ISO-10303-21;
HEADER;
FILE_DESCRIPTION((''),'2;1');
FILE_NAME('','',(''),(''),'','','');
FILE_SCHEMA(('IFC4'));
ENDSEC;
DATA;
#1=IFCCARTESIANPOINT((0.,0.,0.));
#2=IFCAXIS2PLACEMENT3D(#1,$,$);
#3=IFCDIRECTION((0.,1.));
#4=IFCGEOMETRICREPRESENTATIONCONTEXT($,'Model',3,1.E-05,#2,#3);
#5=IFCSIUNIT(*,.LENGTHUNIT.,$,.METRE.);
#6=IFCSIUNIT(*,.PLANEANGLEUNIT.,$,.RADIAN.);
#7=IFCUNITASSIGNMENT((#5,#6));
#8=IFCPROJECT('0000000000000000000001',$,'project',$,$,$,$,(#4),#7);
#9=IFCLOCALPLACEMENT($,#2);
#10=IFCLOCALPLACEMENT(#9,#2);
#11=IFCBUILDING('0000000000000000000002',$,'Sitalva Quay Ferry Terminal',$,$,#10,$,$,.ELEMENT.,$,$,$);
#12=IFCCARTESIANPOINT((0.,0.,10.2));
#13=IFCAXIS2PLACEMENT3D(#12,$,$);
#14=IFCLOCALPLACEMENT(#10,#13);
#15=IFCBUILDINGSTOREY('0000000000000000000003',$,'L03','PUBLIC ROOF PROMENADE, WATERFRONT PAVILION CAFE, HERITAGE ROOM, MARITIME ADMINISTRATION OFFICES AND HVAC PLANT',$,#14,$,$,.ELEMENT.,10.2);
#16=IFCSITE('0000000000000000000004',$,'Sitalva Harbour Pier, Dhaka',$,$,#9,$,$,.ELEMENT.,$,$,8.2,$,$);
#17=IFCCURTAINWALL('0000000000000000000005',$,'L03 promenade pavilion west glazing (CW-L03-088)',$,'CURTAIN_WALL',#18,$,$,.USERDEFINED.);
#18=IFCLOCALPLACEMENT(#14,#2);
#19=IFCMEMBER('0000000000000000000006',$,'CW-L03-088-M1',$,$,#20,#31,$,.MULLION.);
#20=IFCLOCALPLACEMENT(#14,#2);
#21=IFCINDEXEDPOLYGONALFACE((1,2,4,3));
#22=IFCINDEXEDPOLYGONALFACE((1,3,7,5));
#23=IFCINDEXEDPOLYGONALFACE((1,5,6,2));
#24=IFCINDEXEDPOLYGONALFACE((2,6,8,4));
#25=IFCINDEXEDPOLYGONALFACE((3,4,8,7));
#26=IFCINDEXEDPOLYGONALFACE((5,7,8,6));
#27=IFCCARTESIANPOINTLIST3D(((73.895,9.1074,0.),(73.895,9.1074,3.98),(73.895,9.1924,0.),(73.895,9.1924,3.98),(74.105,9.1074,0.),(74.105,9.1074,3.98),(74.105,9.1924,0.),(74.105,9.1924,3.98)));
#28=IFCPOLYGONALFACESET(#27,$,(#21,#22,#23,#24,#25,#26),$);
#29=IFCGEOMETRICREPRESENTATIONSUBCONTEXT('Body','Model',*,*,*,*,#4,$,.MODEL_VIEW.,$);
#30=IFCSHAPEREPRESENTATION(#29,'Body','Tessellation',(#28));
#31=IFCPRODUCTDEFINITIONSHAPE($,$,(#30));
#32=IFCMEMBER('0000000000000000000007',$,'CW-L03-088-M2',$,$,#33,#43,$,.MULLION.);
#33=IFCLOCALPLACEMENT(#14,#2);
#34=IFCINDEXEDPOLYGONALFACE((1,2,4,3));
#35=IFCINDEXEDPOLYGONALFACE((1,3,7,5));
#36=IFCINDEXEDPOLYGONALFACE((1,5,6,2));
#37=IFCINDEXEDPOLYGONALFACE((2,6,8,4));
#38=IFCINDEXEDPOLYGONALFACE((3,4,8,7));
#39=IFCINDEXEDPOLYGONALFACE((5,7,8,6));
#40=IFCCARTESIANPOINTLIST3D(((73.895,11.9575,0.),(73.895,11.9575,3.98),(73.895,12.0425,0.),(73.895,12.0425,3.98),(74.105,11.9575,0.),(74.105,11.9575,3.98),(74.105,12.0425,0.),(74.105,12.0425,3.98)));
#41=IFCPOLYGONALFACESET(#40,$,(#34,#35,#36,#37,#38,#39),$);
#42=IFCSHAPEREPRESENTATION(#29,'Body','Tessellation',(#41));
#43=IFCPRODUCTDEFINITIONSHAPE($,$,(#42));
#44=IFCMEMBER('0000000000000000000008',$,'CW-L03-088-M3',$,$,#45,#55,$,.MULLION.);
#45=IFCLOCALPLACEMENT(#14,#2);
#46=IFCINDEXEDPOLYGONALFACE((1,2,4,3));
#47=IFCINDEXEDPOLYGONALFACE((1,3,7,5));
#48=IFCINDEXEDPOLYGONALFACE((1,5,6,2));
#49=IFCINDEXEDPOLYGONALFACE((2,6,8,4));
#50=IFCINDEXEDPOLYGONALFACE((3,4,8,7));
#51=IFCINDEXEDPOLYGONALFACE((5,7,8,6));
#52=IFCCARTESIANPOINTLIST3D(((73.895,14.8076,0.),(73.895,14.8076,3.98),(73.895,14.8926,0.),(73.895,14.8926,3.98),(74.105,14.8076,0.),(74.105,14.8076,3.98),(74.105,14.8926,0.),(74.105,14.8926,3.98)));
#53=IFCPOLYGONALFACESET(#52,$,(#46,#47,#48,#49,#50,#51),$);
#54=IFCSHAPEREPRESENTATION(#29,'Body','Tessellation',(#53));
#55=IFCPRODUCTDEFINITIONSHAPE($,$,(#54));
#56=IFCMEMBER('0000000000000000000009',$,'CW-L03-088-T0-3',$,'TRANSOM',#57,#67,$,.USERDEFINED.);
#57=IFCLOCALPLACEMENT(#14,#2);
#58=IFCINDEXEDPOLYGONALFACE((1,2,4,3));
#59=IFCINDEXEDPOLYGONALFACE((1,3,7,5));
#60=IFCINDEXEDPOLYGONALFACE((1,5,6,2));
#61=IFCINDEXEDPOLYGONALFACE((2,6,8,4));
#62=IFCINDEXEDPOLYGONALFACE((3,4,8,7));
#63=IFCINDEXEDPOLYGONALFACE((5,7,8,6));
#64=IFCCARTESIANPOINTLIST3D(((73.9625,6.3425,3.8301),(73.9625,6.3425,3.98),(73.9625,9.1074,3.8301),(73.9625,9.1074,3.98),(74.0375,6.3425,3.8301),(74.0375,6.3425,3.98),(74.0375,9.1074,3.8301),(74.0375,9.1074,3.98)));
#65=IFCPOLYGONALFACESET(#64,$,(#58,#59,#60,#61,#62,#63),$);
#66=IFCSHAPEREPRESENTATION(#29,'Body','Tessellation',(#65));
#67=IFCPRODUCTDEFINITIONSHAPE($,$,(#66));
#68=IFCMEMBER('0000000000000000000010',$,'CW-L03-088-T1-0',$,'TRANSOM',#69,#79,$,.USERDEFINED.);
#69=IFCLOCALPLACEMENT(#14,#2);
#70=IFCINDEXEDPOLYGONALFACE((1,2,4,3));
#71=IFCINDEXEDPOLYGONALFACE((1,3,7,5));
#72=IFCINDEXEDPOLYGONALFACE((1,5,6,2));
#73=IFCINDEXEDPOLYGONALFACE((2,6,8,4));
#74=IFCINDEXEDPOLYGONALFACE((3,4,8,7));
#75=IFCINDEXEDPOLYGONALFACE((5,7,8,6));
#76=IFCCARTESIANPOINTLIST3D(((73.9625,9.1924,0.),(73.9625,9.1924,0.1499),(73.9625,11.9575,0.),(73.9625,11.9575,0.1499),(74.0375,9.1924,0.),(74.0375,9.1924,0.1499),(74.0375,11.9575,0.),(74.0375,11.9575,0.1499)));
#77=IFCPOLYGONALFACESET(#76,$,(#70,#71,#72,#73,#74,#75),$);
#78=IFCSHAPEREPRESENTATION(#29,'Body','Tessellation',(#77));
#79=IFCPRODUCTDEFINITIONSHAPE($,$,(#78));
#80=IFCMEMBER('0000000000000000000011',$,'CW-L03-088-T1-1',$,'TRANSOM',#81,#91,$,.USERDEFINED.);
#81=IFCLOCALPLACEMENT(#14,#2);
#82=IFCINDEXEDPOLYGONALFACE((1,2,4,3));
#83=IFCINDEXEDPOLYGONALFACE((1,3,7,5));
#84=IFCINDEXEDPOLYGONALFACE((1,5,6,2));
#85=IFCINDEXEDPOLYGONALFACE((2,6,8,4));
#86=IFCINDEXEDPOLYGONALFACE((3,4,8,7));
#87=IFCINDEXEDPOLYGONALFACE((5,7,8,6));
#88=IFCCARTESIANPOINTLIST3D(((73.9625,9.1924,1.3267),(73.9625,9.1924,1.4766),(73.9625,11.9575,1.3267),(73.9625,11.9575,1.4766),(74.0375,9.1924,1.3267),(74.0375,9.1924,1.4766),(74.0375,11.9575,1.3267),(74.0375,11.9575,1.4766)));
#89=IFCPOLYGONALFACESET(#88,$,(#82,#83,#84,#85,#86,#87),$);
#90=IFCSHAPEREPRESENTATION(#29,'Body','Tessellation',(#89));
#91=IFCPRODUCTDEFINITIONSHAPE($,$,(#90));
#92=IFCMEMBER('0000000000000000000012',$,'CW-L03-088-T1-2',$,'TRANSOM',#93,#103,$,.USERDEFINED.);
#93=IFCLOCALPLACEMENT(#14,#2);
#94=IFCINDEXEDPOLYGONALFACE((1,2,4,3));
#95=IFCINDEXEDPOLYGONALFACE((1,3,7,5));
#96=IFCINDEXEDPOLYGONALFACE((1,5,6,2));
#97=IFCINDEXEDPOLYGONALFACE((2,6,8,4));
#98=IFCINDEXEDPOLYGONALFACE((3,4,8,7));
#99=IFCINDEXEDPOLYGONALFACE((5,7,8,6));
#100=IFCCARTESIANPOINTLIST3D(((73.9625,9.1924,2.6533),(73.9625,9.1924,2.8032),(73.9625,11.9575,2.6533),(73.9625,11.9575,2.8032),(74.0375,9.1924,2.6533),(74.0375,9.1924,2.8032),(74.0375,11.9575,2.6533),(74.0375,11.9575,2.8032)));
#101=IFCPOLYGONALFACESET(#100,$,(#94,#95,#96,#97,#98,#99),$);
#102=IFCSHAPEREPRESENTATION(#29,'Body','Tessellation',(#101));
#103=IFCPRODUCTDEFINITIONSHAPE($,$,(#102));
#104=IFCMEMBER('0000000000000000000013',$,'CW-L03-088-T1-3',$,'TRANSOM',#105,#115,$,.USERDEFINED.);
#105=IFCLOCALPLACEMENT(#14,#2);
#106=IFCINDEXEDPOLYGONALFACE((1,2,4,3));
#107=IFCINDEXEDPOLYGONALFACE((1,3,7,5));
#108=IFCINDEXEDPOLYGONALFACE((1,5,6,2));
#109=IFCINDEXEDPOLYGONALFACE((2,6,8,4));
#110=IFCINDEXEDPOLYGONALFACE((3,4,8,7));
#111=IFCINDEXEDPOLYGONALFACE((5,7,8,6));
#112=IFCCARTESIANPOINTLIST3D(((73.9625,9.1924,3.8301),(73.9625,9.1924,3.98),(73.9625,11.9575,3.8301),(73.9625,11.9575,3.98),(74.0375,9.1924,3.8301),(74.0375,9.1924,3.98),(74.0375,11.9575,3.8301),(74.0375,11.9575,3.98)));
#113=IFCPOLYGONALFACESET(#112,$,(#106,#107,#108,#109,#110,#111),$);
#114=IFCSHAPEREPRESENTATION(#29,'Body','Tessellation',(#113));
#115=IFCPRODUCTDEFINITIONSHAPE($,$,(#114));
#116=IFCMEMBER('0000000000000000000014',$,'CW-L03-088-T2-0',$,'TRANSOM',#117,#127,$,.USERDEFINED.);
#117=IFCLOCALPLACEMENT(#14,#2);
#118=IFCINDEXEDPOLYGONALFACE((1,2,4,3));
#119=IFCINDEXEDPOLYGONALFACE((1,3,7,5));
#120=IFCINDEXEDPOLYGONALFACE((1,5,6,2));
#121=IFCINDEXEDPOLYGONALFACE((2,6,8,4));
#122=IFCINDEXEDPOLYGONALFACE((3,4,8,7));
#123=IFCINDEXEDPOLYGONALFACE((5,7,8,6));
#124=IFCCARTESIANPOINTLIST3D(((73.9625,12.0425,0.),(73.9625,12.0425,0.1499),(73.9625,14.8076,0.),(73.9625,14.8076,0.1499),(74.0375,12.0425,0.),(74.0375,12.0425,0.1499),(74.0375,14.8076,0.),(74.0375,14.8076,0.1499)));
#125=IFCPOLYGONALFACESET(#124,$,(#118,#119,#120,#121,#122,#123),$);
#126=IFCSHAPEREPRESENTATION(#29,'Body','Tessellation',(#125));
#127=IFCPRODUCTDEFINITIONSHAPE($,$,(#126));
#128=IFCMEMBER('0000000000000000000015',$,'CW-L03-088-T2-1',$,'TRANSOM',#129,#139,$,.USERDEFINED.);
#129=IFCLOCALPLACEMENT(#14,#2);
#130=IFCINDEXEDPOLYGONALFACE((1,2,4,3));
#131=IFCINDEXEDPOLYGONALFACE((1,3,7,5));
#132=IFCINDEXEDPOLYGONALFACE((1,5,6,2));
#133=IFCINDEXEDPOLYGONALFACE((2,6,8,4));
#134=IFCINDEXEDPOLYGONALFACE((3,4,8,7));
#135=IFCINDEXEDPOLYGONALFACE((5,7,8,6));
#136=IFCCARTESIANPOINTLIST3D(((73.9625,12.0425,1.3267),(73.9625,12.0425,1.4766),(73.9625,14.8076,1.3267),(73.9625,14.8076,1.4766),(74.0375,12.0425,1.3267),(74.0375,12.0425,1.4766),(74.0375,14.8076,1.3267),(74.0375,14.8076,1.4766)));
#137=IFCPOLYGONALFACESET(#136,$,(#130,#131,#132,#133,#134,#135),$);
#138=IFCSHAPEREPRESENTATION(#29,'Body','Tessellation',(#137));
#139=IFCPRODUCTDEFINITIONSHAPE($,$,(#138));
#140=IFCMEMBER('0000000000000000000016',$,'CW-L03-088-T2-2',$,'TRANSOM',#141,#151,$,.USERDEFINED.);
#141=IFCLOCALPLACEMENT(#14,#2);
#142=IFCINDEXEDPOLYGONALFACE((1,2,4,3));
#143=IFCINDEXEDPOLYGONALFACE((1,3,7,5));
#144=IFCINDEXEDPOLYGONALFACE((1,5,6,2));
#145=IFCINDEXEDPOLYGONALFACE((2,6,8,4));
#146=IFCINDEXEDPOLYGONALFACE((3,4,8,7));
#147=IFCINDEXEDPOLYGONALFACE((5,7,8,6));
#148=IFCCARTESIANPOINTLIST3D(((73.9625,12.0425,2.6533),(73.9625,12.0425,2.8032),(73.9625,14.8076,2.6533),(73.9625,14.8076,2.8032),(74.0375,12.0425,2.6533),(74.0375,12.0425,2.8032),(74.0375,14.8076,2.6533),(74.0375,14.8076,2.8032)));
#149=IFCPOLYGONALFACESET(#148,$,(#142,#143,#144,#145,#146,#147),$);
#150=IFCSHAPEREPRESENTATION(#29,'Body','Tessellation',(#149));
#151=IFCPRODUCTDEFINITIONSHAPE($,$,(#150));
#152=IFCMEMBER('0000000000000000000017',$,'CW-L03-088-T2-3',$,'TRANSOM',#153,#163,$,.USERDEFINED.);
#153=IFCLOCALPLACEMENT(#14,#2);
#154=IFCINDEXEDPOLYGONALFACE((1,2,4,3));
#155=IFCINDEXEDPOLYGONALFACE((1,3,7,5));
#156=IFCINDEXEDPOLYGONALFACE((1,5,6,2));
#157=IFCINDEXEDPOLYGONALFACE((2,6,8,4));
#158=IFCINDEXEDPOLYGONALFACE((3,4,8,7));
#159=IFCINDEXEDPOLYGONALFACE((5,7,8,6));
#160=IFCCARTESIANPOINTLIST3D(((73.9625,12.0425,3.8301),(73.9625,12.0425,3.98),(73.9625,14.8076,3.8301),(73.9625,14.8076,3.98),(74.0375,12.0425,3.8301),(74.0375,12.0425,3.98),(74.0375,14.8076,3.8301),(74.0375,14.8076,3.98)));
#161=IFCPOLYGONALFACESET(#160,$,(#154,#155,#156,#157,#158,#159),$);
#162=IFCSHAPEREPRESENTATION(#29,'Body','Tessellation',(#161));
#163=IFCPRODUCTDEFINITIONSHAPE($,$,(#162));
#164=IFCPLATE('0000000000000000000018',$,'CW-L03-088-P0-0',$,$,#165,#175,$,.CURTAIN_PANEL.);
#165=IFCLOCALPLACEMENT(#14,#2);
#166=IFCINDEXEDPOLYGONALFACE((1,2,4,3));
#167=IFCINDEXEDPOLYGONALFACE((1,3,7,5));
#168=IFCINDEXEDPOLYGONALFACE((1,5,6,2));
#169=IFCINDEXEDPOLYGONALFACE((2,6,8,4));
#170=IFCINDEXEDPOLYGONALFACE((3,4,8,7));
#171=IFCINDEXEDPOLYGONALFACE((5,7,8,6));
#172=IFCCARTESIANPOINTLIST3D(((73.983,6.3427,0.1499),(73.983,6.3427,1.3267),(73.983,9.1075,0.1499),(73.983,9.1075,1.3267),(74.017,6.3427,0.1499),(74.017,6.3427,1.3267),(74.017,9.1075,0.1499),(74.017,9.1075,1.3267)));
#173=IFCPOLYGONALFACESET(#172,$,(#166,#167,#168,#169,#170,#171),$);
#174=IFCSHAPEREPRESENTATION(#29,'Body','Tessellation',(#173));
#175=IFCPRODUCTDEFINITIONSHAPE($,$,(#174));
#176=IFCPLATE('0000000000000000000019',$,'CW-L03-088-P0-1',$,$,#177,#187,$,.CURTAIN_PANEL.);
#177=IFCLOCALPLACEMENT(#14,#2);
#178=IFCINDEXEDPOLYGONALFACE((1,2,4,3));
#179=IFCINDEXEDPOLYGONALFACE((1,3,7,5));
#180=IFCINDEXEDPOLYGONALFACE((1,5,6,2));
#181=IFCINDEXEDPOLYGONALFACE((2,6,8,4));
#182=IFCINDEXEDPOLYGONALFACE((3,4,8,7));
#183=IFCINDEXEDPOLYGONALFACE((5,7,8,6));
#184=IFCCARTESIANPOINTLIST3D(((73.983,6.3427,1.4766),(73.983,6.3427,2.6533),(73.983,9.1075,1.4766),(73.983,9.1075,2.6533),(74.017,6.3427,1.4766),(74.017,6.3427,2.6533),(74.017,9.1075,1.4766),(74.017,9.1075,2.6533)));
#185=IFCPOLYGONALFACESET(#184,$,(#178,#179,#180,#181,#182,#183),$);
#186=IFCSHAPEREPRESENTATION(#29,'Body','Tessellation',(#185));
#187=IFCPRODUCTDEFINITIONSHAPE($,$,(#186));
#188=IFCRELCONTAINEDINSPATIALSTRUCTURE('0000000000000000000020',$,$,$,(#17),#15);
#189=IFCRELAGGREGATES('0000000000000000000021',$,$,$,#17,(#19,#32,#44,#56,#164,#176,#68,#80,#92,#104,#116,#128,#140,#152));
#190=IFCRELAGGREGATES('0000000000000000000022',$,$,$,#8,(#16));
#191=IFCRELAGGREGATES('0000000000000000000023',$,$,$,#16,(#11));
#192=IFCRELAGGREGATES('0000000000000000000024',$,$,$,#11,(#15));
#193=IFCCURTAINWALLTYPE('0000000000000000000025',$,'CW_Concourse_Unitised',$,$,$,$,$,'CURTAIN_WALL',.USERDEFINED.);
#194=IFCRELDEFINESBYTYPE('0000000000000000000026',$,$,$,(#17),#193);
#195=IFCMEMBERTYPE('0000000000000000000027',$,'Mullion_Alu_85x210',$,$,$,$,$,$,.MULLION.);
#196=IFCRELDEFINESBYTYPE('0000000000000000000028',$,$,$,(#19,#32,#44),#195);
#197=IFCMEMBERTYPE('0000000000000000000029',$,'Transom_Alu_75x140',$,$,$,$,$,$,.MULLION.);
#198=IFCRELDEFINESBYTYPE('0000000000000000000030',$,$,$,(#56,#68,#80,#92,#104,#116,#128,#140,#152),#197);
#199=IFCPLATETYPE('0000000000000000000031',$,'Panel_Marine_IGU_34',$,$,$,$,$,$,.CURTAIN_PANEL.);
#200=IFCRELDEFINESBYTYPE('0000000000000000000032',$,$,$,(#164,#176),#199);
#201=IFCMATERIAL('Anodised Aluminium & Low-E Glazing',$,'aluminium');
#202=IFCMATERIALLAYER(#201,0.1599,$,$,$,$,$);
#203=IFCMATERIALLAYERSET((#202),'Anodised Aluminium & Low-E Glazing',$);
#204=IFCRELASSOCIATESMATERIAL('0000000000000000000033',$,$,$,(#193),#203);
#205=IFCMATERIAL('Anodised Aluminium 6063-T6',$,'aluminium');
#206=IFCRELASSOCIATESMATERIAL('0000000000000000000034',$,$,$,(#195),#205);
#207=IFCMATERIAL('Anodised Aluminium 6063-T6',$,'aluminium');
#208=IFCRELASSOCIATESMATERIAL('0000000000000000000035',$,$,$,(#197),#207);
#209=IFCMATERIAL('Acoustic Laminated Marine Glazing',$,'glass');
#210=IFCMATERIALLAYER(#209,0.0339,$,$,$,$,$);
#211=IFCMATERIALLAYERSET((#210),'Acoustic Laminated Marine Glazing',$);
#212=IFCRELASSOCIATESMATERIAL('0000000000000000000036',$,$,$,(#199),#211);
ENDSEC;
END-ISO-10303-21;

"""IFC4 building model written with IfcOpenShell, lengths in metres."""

from ifc_helpers import new_model, si_unit, direction, frame, origin, origin_2d, place, context, subcontext, project, spatial, rectangle, extrude, material, layer, layer_set, material_profile, profile_set, type_object, element, aggregate, save


model = new_model("IFC4")

# Units and contexts
model_context = context("Model", 3, precision=1e-05, world=origin(), true_north=direction((0.0, 1.0)))
body_context = subcontext(model_context, "Body", "Model", "MODEL_VIEW")
ifc_project = project(units=[si_unit("LENGTHUNIT", "METRE"), si_unit("PLANEANGLEUNIT", "RADIAN")], contexts=[model_context])

# Site, building, storey
site_placement = place(None, origin())
site = spatial("IfcSite", under=ifc_project, at=site_placement, Name="Sitalva Harbour Pier, Dhaka", CompositionType="ELEMENT", RefElevation=8.2)
building_placement = place(site_placement, origin())
building = spatial("IfcBuilding", under=site, at=building_placement, Name="Sitalva Quay Ferry Terminal", CompositionType="ELEMENT")
storey_placement = place(building_placement, frame((0.0, 0.0, 10.2)))
storey = spatial("IfcBuildingStorey", under=building, at=storey_placement, Name="L03", Description="PUBLIC ROOF PROMENADE, WATERFRONT PAVILION CAFE, HERITAGE ROOM, MARITIME ADMINISTRATION OFFICES AND HVAC PLANT", CompositionType="ELEMENT", Elevation=10.2)

# Curtain wall, members, plates
ifc_material_1 = material(Name="Anodised Aluminium & Low-E Glazing", Category="aluminium")
ifc_layer_1 = layer(ifc_material_1, 0.1599)
ifc_layer_set_1 = layer_set([ifc_layer_1], Name="Anodised Aluminium & Low-E Glazing")
curtain_wall_type = type_object("IfcCurtainWallType", Name="CW_Concourse_Unitised", ElementType="CURTAIN_WALL", PredefinedType="USERDEFINED", material=ifc_layer_set_1)
curtain_wall_placement = place(storey_placement, origin())
curtain_wall = element("IfcCurtainWall", 1, at=curtain_wall_placement, inside=storey, type_object=curtain_wall_type, Name="L03 promenade pavilion west glazing (CW-L03-088)", ObjectType="CURTAIN_WALL", PredefinedType="USERDEFINED")
ifc_material_2 = material(Name="Anodised Aluminium 6063-T6", Category="aluminium")
ifc_material_profile_1 = material_profile(ifc_material_2, rectangle(XDim=0.085, YDim=0.21, at=origin_2d()), Name="ALU85x210")
ifc_profile_set_1 = profile_set([ifc_material_profile_1], Name="Anodised Aluminium 6063-T6")
member_type_1 = type_object("IfcMemberType", Name="Mullion_Alu_85x210", PredefinedType="MULLION", material=ifc_profile_set_1)
member_1_placement = place(storey_placement, frame((74.0, 9.1499, 0.0), z_axis=(0.0, 0.0, 1.0), x_axis=(0.0, 1.0, 0.0)))
member_1 = element("IfcMember", 2, at=member_1_placement, type_object=member_type_1, Name="CW-L03-088-M1", PredefinedType="MULLION", context=body_context, shape_type="SweptSolid", body=[
    extrude(rectangle(XDim=0.085, YDim=0.21, at=origin_2d()), origin(), (0.0, 0.0, 1.0), 3.98),
])
member_2_placement = place(storey_placement, frame((74.0, 12.0, 0.0), z_axis=(0.0, 0.0, 1.0), x_axis=(0.0, 1.0, 0.0)))
member_2 = element("IfcMember", 3, at=member_2_placement, type_object=member_type_1, Name="CW-L03-088-M2", PredefinedType="MULLION", context=body_context, shape_type="SweptSolid", body=[
    extrude(rectangle(XDim=0.085, YDim=0.21, at=origin_2d()), origin(), (0.0, 0.0, 1.0), 3.98),
])
member_3_placement = place(storey_placement, frame((74.0, 14.8501, 0.0), z_axis=(0.0, 0.0, 1.0), x_axis=(0.0, 1.0, 0.0)))
member_3 = element("IfcMember", 4, at=member_3_placement, type_object=member_type_1, Name="CW-L03-088-M3", PredefinedType="MULLION", context=body_context, shape_type="SweptSolid", body=[
    extrude(rectangle(XDim=0.085, YDim=0.21, at=origin_2d()), origin(), (0.0, 0.0, 1.0), 3.98),
])
ifc_material_3 = material(Name="Anodised Aluminium 6063-T6", Category="aluminium")
ifc_material_profile_2 = material_profile(ifc_material_3, rectangle(XDim=0.075, YDim=0.1499, at=origin_2d()), Name="ALU75x150")
ifc_profile_set_2 = profile_set([ifc_material_profile_2], Name="Anodised Aluminium 6063-T6")
member_type_2 = type_object("IfcMemberType", Name="Transom_Alu_75x140", PredefinedType="MULLION", material=ifc_profile_set_2)
member_4_placement = place(storey_placement, frame((74.0, 6.3425, 3.905), z_axis=(0.0, 1.0, 0.0), x_axis=(-1.0, 0.0, 0.0)))
member_4 = element("IfcMember", 5, at=member_4_placement, type_object=member_type_2, Name="CW-L03-088-T0-3", ObjectType="TRANSOM", PredefinedType="USERDEFINED", context=body_context, shape_type="SweptSolid", body=[
    extrude(rectangle(XDim=0.075, YDim=0.1499, at=origin_2d()), origin(), (0.0, 0.0, 1.0), 2.7649),
])
member_5_placement = place(storey_placement, frame((74.0, 9.1924, 0.075), z_axis=(0.0, 1.0, 0.0), x_axis=(-1.0, 0.0, 0.0)))
member_5 = element("IfcMember", 6, at=member_5_placement, type_object=member_type_2, Name="CW-L03-088-T1-0", ObjectType="TRANSOM", PredefinedType="USERDEFINED", context=body_context, shape_type="SweptSolid", body=[
    extrude(rectangle(XDim=0.075, YDim=0.1499, at=origin_2d()), origin(), (0.0, 0.0, 1.0), 2.7651),
])
member_6_placement = place(storey_placement, frame((74.0, 9.1924, 1.4016), z_axis=(0.0, 1.0, 0.0), x_axis=(-1.0, 0.0, 0.0)))
member_6 = element("IfcMember", 7, at=member_6_placement, type_object=member_type_2, Name="CW-L03-088-T1-1", ObjectType="TRANSOM", PredefinedType="USERDEFINED", context=body_context, shape_type="SweptSolid", body=[
    extrude(rectangle(XDim=0.075, YDim=0.1499, at=origin_2d()), origin(), (0.0, 0.0, 1.0), 2.7651),
])
member_7_placement = place(storey_placement, frame((74.0, 9.1924, 2.7283), z_axis=(0.0, 1.0, 0.0), x_axis=(-1.0, 0.0, 0.0)))
member_7 = element("IfcMember", 8, at=member_7_placement, type_object=member_type_2, Name="CW-L03-088-T1-2", ObjectType="TRANSOM", PredefinedType="USERDEFINED", context=body_context, shape_type="SweptSolid", body=[
    extrude(rectangle(XDim=0.075, YDim=0.1499, at=origin_2d()), origin(), (0.0, 0.0, 1.0), 2.7651),
])
member_8_placement = place(storey_placement, frame((74.0, 9.1924, 3.905), z_axis=(0.0, 1.0, 0.0), x_axis=(-1.0, 0.0, 0.0)))
member_8 = element("IfcMember", 9, at=member_8_placement, type_object=member_type_2, Name="CW-L03-088-T1-3", ObjectType="TRANSOM", PredefinedType="USERDEFINED", context=body_context, shape_type="SweptSolid", body=[
    extrude(rectangle(XDim=0.075, YDim=0.1499, at=origin_2d()), origin(), (0.0, 0.0, 1.0), 2.7651),
])
member_9_placement = place(storey_placement, frame((74.0, 12.0425, 0.075), z_axis=(0.0, 1.0, 0.0), x_axis=(-1.0, 0.0, 0.0)))
member_9 = element("IfcMember", 10, at=member_9_placement, type_object=member_type_2, Name="CW-L03-088-T2-0", ObjectType="TRANSOM", PredefinedType="USERDEFINED", context=body_context, shape_type="SweptSolid", body=[
    extrude(rectangle(XDim=0.075, YDim=0.1499, at=origin_2d()), origin(), (0.0, 0.0, 1.0), 2.7651),
])
member_10_placement = place(storey_placement, frame((74.0, 12.0425, 1.4016), z_axis=(0.0, 1.0, 0.0), x_axis=(-1.0, 0.0, 0.0)))
member_10 = element("IfcMember", 11, at=member_10_placement, type_object=member_type_2, Name="CW-L03-088-T2-1", ObjectType="TRANSOM", PredefinedType="USERDEFINED", context=body_context, shape_type="SweptSolid", body=[
    extrude(rectangle(XDim=0.075, YDim=0.1499, at=origin_2d()), origin(), (0.0, 0.0, 1.0), 2.7651),
])
member_11_placement = place(storey_placement, frame((74.0, 12.0425, 2.7283), z_axis=(0.0, 1.0, 0.0), x_axis=(-1.0, 0.0, 0.0)))
member_11 = element("IfcMember", 12, at=member_11_placement, type_object=member_type_2, Name="CW-L03-088-T2-2", ObjectType="TRANSOM", PredefinedType="USERDEFINED", context=body_context, shape_type="SweptSolid", body=[
    extrude(rectangle(XDim=0.075, YDim=0.1499, at=origin_2d()), origin(), (0.0, 0.0, 1.0), 2.7651),
])
member_12_placement = place(storey_placement, frame((74.0, 12.0425, 3.905), z_axis=(0.0, 1.0, 0.0), x_axis=(-1.0, 0.0, 0.0)))
member_12 = element("IfcMember", 13, at=member_12_placement, type_object=member_type_2, Name="CW-L03-088-T2-3", ObjectType="TRANSOM", PredefinedType="USERDEFINED", context=body_context, shape_type="SweptSolid", body=[
    extrude(rectangle(XDim=0.075, YDim=0.1499, at=origin_2d()), origin(), (0.0, 0.0, 1.0), 2.7651),
])
ifc_material_4 = material(Name="Acoustic Laminated Marine Glazing", Category="glass")
ifc_layer_2 = layer(ifc_material_4, 0.0339)
ifc_layer_set_2 = layer_set([ifc_layer_2], Name="Acoustic Laminated Marine Glazing")
plate_type = type_object("IfcPlateType", Name="Panel_Marine_IGU_34", PredefinedType="CURTAIN_PANEL", material=ifc_layer_set_2)
plate_1_placement = place(storey_placement, frame((74.0, 7.7251, 0.1499), z_axis=(0.0, 0.0, 1.0), x_axis=(0.0, 1.0, 0.0)))
plate_1 = element("IfcPlate", 14, at=plate_1_placement, type_object=plate_type, Name="CW-L03-088-P0-0", PredefinedType="CURTAIN_PANEL", context=body_context, shape_type="SweptSolid", body=[
    extrude(rectangle(XDim=2.7649, YDim=0.0339, at=origin_2d()), origin(), (0.0, 0.0, 1.0), 1.1768),
])
plate_2_placement = place(storey_placement, frame((74.0, 7.7251, 1.4766), z_axis=(0.0, 0.0, 1.0), x_axis=(0.0, 1.0, 0.0)))
plate_2 = element("IfcPlate", 15, at=plate_2_placement, type_object=plate_type, Name="CW-L03-088-P0-1", PredefinedType="CURTAIN_PANEL", context=body_context, shape_type="SweptSolid", body=[
    extrude(rectangle(XDim=2.7649, YDim=0.0339, at=origin_2d()), origin(), (0.0, 0.0, 1.0), 1.1768),
])
aggregate(curtain_wall, [member_1, member_2, member_3, member_4, plate_1, plate_2, member_5, member_6, member_7, member_8, member_9, member_10, member_11, member_12])

save(model, "model.ifc")
